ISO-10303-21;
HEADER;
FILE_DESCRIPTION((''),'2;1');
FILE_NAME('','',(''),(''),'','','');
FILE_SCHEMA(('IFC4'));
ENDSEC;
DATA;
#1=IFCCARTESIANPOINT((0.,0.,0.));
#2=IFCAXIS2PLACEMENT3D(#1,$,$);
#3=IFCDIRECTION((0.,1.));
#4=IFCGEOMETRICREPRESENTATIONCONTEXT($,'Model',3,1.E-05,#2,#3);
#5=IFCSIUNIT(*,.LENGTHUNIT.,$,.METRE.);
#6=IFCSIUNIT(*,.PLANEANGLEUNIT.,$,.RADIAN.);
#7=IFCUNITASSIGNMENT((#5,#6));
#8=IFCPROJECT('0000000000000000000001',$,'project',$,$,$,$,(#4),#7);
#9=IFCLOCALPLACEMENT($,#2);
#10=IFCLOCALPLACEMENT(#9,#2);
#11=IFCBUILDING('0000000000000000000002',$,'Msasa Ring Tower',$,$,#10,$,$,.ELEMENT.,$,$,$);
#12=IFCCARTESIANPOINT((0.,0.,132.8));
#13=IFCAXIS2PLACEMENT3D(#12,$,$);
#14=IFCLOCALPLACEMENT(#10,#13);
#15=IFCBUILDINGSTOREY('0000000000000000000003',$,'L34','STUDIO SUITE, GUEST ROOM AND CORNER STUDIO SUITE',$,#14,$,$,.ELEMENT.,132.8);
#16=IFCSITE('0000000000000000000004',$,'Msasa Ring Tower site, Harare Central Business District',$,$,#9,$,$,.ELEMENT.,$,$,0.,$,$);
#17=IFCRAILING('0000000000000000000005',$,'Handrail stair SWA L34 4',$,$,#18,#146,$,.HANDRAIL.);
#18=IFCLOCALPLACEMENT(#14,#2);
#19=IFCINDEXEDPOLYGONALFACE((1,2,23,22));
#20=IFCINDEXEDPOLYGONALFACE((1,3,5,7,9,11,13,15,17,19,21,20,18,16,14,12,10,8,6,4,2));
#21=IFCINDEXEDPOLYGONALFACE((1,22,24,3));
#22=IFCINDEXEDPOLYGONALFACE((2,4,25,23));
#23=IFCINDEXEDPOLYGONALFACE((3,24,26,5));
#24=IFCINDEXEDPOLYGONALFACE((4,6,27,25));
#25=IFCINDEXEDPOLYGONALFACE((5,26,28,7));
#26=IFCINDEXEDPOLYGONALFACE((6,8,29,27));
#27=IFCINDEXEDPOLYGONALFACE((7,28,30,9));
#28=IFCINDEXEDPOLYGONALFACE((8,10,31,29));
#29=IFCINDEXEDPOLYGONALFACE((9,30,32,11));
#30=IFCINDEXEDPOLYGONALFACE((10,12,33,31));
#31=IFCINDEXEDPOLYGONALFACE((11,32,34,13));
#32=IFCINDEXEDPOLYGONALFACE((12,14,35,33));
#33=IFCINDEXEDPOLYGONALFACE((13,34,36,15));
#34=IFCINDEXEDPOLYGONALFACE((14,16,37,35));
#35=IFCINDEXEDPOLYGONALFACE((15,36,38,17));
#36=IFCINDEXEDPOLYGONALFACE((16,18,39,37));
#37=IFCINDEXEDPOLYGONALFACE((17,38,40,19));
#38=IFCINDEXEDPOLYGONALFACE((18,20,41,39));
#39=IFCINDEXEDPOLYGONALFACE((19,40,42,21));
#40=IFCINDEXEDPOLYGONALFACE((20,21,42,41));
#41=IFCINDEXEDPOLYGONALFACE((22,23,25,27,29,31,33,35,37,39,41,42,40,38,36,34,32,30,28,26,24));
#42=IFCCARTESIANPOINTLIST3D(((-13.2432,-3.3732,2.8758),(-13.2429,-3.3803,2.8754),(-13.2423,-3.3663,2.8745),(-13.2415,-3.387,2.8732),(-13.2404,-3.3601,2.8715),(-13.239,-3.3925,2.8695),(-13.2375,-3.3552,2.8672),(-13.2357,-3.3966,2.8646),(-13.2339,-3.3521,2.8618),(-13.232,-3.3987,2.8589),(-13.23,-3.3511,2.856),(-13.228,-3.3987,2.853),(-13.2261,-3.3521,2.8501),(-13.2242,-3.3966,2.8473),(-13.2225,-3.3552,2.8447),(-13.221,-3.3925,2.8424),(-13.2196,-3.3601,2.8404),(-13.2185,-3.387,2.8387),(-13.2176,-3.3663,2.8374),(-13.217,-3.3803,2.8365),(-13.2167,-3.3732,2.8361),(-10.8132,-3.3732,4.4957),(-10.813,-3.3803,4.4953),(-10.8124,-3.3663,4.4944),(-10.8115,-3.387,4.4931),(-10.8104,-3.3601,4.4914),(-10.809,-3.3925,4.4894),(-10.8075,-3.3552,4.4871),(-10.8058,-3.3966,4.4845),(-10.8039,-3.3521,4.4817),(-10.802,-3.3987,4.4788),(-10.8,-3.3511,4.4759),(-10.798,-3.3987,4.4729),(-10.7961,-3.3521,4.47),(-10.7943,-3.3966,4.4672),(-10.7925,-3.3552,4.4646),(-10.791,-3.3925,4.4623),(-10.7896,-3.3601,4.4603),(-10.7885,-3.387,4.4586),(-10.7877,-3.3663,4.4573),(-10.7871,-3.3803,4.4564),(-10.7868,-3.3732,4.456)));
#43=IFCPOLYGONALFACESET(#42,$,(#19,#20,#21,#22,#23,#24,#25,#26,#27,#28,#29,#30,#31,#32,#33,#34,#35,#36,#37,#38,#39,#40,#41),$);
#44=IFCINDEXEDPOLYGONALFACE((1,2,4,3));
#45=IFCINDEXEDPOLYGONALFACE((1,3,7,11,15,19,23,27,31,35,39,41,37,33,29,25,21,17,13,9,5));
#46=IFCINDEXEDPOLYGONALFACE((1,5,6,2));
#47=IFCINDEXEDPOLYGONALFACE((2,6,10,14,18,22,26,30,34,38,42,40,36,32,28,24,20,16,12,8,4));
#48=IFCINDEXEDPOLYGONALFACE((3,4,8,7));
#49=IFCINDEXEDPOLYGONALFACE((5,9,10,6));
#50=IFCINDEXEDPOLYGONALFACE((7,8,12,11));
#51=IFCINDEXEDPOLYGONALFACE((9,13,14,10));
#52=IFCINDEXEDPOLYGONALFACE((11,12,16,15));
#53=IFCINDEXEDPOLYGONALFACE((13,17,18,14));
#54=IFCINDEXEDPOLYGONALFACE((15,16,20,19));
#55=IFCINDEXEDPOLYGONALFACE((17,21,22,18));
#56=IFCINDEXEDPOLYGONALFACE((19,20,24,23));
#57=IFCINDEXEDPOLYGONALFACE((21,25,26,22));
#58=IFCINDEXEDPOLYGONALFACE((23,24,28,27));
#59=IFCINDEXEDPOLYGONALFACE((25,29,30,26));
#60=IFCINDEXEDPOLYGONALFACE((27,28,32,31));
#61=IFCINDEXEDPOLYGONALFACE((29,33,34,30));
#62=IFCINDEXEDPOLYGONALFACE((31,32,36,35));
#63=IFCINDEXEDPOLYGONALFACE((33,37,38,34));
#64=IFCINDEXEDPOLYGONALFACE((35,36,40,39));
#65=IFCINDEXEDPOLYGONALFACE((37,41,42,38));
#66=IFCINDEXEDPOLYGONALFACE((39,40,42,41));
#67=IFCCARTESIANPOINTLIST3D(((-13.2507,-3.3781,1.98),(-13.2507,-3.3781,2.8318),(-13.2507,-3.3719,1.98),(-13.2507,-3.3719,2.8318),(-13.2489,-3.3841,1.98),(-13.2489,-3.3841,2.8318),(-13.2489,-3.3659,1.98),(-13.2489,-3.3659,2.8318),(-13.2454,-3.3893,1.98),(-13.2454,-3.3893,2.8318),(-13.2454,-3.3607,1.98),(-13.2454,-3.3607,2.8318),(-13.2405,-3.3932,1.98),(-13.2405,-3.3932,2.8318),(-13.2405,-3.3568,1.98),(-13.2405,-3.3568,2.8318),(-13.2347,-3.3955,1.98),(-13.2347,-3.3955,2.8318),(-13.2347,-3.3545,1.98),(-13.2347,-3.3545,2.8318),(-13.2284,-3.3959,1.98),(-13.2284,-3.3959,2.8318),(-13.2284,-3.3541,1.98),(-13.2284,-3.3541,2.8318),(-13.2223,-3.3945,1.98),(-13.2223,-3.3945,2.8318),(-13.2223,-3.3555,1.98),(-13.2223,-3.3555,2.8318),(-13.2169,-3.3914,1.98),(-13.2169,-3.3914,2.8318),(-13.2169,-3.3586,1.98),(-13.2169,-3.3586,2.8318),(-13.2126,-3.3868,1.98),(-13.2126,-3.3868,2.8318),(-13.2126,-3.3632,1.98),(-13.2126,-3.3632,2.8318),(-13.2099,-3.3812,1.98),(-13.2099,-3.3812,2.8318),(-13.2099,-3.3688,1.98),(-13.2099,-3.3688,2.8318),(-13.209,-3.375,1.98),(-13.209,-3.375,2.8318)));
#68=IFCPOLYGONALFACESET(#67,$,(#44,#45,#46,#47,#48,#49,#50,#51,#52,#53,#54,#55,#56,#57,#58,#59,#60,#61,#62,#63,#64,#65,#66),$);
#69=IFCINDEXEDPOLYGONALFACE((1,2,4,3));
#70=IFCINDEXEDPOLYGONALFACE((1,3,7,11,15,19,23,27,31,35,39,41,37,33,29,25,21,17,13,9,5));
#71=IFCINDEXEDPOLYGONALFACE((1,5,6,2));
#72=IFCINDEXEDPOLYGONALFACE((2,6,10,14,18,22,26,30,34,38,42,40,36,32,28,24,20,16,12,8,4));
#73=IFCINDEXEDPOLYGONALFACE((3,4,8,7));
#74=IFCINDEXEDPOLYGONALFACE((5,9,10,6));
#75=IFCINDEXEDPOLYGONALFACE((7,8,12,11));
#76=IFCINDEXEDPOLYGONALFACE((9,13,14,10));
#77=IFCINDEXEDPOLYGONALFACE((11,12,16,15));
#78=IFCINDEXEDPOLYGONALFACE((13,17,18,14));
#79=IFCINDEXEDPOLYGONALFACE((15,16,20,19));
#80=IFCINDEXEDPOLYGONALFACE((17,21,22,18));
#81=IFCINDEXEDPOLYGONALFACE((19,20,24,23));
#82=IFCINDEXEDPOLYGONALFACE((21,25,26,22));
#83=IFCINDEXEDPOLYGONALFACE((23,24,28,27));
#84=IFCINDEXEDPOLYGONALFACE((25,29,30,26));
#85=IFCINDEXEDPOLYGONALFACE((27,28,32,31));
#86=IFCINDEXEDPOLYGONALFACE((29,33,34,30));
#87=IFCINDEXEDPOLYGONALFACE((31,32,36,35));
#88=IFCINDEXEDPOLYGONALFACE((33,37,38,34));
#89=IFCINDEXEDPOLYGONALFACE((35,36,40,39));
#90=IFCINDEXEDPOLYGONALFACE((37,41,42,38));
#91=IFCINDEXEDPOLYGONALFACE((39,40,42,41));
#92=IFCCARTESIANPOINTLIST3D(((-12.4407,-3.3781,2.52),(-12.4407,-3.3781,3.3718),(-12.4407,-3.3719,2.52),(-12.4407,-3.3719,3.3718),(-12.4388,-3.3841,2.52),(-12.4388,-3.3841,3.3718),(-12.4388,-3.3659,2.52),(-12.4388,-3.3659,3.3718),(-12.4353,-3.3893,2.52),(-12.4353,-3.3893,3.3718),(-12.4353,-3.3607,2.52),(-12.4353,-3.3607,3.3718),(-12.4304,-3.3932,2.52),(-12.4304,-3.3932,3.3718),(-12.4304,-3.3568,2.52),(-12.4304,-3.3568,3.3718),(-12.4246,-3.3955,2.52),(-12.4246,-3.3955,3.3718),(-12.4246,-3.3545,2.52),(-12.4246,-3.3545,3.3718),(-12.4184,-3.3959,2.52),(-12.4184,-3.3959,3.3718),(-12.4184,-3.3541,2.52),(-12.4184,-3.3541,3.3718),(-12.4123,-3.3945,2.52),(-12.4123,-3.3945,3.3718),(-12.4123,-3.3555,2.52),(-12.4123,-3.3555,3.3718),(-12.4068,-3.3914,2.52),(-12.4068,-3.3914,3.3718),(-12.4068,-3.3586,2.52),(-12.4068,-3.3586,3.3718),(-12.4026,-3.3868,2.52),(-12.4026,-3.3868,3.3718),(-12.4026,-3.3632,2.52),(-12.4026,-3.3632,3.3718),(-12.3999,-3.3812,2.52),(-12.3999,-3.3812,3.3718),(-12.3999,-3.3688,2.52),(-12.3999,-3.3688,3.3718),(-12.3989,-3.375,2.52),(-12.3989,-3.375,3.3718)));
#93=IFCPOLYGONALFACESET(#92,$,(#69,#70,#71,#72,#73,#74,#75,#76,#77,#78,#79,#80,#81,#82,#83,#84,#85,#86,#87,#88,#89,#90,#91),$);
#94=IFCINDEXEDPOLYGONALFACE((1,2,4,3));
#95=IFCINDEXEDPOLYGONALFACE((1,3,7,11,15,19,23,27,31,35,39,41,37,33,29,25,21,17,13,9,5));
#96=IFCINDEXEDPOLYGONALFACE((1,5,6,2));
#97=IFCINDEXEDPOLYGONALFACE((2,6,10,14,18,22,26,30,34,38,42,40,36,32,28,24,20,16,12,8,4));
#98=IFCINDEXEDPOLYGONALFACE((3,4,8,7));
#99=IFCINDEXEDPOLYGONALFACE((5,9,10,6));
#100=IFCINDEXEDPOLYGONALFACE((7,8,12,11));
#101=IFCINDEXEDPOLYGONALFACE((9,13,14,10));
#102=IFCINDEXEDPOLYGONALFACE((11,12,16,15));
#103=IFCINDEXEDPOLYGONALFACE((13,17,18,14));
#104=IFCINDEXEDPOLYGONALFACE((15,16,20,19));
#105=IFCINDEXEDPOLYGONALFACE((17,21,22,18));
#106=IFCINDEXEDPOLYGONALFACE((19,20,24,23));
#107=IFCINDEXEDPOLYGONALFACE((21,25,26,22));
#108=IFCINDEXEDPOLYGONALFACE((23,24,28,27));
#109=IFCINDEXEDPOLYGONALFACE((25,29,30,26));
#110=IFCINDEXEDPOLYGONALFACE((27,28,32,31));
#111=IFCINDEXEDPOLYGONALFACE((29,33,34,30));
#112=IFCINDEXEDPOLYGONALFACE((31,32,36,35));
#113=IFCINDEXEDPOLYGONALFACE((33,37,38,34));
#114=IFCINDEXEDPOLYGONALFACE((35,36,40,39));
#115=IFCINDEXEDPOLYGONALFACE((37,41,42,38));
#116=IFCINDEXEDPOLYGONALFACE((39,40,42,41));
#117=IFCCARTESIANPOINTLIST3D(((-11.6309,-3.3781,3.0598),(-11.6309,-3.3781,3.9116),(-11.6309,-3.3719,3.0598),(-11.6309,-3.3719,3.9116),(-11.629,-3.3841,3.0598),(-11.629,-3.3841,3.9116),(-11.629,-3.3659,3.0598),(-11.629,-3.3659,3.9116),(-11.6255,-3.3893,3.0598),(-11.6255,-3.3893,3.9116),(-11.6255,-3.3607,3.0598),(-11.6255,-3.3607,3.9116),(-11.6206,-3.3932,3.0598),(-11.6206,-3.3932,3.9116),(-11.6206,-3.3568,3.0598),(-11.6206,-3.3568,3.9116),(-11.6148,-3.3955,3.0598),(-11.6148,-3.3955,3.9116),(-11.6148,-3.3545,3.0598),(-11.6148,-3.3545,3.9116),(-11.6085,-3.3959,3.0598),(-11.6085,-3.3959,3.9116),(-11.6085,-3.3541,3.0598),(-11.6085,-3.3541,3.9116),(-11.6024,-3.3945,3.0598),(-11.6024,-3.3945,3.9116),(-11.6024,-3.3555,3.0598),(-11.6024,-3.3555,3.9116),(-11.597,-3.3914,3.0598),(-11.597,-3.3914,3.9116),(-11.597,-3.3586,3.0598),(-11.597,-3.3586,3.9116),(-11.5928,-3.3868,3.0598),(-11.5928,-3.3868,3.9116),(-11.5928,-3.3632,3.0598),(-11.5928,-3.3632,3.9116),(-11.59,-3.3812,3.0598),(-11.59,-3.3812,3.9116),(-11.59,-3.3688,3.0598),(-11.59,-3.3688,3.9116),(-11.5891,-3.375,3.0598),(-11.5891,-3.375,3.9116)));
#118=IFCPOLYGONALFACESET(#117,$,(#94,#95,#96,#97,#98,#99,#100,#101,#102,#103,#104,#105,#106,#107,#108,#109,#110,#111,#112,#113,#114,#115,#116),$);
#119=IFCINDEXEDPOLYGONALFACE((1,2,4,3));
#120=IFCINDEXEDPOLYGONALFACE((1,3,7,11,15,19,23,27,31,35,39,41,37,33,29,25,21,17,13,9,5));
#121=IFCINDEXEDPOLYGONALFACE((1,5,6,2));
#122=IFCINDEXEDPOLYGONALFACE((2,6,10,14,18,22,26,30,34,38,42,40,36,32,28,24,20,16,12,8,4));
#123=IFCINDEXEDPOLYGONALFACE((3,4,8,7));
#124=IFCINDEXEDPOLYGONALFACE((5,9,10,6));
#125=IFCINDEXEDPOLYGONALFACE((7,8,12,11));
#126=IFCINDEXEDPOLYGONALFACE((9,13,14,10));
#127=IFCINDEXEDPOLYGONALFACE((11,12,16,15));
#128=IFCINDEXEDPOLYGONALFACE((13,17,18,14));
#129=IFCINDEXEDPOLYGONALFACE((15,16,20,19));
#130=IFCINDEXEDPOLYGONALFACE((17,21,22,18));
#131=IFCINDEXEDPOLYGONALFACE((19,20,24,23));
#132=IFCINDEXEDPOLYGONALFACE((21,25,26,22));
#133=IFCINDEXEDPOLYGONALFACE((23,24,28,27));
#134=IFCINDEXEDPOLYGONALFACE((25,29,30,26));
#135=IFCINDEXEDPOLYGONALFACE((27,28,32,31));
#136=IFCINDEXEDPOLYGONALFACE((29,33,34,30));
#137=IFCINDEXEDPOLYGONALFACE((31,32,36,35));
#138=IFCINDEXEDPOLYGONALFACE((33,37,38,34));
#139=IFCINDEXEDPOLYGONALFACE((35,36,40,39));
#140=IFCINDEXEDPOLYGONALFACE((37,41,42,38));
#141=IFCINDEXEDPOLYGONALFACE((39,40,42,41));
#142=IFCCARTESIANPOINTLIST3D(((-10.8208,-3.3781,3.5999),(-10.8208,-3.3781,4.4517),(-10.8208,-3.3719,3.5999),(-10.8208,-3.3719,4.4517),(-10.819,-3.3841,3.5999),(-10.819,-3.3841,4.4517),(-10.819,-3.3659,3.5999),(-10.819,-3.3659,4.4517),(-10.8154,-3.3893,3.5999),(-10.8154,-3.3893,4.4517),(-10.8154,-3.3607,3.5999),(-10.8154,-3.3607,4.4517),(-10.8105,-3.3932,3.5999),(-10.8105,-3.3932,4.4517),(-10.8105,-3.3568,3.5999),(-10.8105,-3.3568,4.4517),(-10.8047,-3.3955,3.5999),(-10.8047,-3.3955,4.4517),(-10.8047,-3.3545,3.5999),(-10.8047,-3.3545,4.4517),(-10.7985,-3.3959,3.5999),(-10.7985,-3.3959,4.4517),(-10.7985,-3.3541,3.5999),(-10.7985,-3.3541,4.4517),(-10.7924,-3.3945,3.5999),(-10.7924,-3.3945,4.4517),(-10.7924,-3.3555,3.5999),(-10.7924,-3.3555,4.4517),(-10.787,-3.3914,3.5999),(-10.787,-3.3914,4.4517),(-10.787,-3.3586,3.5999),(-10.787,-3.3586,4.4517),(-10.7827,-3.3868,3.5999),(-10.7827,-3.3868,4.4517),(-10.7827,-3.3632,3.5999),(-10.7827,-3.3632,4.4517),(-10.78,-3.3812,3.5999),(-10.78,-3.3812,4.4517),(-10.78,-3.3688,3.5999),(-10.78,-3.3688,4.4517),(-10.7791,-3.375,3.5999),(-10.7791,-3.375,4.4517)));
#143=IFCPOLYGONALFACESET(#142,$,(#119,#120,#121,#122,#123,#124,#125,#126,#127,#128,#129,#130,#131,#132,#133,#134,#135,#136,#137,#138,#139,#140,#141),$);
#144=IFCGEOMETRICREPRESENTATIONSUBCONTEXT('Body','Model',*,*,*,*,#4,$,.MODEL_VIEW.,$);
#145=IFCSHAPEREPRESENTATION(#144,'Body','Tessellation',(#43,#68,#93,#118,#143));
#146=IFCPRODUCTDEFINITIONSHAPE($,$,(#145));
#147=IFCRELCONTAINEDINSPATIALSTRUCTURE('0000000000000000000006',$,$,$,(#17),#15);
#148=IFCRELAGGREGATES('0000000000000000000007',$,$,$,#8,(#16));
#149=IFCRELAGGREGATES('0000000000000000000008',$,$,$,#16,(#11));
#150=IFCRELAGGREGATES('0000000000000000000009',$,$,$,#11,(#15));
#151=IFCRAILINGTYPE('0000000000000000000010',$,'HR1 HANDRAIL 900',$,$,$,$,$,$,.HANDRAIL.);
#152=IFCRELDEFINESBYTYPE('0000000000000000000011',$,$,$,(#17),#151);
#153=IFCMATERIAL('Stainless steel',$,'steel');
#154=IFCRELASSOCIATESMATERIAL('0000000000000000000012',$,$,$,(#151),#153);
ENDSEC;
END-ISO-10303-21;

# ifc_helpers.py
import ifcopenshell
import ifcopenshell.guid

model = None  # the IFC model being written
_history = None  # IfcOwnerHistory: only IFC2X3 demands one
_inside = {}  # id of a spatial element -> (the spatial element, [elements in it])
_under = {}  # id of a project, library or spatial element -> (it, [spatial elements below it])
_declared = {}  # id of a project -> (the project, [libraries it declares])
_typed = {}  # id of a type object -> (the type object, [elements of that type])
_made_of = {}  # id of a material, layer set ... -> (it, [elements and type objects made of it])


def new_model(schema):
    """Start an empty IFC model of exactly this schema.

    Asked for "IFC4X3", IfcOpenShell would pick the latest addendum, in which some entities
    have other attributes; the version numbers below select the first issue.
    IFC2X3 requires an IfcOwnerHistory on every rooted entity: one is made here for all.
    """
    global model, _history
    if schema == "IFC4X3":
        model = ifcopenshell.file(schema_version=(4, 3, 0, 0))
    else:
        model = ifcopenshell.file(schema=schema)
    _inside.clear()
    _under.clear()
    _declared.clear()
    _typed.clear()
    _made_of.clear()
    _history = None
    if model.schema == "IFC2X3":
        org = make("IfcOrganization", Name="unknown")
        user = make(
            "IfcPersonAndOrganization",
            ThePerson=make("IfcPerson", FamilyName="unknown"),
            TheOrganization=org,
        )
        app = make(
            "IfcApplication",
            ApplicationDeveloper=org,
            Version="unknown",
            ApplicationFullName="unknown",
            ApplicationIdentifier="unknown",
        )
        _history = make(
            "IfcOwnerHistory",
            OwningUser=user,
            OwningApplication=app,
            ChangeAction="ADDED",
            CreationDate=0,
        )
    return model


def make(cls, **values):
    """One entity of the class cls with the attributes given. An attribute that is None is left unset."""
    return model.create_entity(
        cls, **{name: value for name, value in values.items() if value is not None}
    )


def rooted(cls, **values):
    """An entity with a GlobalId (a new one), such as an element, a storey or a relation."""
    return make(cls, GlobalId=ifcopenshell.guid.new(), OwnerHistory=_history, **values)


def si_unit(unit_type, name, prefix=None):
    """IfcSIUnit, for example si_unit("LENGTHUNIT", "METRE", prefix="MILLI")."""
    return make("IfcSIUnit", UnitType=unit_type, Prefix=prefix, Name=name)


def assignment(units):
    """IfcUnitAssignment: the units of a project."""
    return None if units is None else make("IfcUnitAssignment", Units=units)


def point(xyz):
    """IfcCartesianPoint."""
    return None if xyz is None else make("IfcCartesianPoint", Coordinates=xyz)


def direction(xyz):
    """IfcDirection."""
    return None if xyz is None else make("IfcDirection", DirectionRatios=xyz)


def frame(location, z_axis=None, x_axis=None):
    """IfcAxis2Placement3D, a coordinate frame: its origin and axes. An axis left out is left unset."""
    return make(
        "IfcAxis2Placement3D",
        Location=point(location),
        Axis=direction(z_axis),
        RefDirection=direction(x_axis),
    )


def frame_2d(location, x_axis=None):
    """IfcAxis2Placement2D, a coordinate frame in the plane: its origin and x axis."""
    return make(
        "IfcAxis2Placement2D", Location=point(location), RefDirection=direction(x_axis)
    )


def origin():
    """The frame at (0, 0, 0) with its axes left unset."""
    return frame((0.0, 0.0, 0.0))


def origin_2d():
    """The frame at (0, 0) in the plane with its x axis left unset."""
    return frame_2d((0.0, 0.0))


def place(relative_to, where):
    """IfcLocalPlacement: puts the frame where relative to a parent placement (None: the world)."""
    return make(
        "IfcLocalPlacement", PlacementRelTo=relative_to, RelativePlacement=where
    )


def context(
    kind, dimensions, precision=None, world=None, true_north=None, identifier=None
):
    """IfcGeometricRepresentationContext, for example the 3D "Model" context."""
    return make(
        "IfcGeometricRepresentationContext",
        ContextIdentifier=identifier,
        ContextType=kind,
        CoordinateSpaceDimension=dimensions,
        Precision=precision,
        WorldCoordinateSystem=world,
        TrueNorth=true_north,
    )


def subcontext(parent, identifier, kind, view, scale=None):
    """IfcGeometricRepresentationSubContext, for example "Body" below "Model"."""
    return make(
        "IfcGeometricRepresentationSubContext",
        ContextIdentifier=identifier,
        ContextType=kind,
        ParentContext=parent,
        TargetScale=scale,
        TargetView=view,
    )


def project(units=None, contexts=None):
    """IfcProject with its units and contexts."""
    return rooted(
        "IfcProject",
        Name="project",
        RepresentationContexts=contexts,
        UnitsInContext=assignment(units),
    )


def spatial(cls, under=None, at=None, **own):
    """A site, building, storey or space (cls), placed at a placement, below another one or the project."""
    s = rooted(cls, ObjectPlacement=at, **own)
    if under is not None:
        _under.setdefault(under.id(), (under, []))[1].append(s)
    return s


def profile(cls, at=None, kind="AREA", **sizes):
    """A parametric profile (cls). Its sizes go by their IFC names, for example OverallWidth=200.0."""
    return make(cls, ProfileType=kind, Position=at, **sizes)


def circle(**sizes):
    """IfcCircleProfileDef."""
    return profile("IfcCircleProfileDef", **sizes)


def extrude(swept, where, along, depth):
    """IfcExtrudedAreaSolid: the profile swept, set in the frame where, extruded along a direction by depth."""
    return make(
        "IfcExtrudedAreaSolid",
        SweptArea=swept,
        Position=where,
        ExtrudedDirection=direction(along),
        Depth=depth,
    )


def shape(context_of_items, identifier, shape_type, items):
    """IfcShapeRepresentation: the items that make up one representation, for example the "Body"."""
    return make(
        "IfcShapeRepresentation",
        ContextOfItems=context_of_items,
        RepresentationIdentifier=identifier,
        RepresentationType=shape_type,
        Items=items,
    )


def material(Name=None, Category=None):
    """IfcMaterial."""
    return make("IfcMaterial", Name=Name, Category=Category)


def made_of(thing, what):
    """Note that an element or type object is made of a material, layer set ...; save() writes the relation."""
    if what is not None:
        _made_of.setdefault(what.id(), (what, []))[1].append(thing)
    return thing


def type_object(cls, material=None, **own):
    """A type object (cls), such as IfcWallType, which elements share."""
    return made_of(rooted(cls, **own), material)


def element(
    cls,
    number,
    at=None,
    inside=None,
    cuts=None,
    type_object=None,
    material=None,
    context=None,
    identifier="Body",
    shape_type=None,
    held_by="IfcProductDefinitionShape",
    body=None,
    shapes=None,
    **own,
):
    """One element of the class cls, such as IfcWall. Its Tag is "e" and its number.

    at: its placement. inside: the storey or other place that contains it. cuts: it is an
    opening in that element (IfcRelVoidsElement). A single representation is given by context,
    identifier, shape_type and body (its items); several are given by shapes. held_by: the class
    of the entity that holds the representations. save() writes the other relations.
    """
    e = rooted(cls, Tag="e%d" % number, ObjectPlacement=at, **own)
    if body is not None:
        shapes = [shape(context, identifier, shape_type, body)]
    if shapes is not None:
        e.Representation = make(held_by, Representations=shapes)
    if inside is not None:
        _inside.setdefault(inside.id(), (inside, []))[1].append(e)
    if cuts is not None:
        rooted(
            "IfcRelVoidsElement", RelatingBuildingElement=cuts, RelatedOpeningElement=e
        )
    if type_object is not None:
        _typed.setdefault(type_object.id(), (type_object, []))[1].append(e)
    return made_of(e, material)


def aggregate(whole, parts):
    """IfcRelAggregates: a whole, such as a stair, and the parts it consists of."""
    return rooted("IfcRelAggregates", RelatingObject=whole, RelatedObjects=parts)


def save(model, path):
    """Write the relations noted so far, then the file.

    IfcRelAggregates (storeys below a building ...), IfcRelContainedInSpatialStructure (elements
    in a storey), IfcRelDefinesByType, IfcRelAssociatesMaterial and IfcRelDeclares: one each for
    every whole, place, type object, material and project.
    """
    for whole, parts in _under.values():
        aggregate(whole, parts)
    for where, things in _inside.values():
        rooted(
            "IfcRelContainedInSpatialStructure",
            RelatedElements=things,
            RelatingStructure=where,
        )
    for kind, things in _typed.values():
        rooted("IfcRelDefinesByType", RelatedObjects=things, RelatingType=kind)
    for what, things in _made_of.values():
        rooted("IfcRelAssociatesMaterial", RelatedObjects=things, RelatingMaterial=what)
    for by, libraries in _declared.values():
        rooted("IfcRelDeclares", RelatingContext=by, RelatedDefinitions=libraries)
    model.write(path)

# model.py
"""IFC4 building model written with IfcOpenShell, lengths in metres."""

from ifc_helpers import new_model, si_unit, direction, frame, origin, origin_2d, place, context, subcontext, project, spatial, circle, extrude, material, type_object, element, save


model = new_model("IFC4")

# Units and contexts
model_context = context("Model", 3, precision=1e-05, world=origin(), true_north=direction((0.0, 1.0)))
body_context = subcontext(model_context, "Body", "Model", "MODEL_VIEW")
ifc_project = project(units=[si_unit("LENGTHUNIT", "METRE"), si_unit("PLANEANGLEUNIT", "RADIAN")], contexts=[model_context])

# Site, building, storey
site_placement = place(None, origin())
site = spatial("IfcSite", under=ifc_project, at=site_placement, Name="Msasa Ring Tower site, Harare Central Business District", CompositionType="ELEMENT", RefElevation=0.0)
building_placement = place(site_placement, origin())
building = spatial("IfcBuilding", under=site, at=building_placement, Name="Msasa Ring Tower", CompositionType="ELEMENT")
storey_placement = place(building_placement, frame((0.0, 0.0, 132.8)))
storey = spatial("IfcBuildingStorey", under=building, at=storey_placement, Name="L34", Description="STUDIO SUITE, GUEST ROOM AND CORNER STUDIO SUITE", CompositionType="ELEMENT", Elevation=132.8)

# Railing
ifc_material_1 = material(Name="Stainless steel", Category="steel")
railing_type = type_object("IfcRailingType", Name="HR1 HANDRAIL 900", PredefinedType="HANDRAIL", material=ifc_material_1)
railing_placement = place(storey_placement, frame((-13.23, -3.375, 1.98)))
element("IfcRailing", 1, at=railing_placement, inside=storey, type_object=railing_type, Name="Handrail stair SWA L34 4", PredefinedType="HANDRAIL", context=body_context, shape_type="SweptSolid", body=[
    extrude(circle(Radius=0.0239, at=origin_2d()), frame((0.0, 0.0, 0.876), z_axis=(0.832063, 0.0, 0.554681), x_axis=(0.0, 1.0, 0.0)), (0.0, 0.0, 1.0), 2.9204),
    extrude(circle(Radius=0.021, at=origin_2d()), origin(), (0.0, 0.0, 1.0), 0.8518),
    extrude(circle(Radius=0.021, at=origin_2d()), frame((0.8101, 0.0, 0.54)), (0.0, 0.0, 1.0), 0.8518),
    extrude(circle(Radius=0.021, at=origin_2d()), frame((1.6199, 0.0, 1.0798)), (0.0, 0.0, 1.0), 0.8518),
    extrude(circle(Radius=0.021, at=origin_2d()), frame((2.4299, 0.0, 1.6199)), (0.0, 0.0, 1.0), 0.8518),
])

save(model, "model.ifc")
